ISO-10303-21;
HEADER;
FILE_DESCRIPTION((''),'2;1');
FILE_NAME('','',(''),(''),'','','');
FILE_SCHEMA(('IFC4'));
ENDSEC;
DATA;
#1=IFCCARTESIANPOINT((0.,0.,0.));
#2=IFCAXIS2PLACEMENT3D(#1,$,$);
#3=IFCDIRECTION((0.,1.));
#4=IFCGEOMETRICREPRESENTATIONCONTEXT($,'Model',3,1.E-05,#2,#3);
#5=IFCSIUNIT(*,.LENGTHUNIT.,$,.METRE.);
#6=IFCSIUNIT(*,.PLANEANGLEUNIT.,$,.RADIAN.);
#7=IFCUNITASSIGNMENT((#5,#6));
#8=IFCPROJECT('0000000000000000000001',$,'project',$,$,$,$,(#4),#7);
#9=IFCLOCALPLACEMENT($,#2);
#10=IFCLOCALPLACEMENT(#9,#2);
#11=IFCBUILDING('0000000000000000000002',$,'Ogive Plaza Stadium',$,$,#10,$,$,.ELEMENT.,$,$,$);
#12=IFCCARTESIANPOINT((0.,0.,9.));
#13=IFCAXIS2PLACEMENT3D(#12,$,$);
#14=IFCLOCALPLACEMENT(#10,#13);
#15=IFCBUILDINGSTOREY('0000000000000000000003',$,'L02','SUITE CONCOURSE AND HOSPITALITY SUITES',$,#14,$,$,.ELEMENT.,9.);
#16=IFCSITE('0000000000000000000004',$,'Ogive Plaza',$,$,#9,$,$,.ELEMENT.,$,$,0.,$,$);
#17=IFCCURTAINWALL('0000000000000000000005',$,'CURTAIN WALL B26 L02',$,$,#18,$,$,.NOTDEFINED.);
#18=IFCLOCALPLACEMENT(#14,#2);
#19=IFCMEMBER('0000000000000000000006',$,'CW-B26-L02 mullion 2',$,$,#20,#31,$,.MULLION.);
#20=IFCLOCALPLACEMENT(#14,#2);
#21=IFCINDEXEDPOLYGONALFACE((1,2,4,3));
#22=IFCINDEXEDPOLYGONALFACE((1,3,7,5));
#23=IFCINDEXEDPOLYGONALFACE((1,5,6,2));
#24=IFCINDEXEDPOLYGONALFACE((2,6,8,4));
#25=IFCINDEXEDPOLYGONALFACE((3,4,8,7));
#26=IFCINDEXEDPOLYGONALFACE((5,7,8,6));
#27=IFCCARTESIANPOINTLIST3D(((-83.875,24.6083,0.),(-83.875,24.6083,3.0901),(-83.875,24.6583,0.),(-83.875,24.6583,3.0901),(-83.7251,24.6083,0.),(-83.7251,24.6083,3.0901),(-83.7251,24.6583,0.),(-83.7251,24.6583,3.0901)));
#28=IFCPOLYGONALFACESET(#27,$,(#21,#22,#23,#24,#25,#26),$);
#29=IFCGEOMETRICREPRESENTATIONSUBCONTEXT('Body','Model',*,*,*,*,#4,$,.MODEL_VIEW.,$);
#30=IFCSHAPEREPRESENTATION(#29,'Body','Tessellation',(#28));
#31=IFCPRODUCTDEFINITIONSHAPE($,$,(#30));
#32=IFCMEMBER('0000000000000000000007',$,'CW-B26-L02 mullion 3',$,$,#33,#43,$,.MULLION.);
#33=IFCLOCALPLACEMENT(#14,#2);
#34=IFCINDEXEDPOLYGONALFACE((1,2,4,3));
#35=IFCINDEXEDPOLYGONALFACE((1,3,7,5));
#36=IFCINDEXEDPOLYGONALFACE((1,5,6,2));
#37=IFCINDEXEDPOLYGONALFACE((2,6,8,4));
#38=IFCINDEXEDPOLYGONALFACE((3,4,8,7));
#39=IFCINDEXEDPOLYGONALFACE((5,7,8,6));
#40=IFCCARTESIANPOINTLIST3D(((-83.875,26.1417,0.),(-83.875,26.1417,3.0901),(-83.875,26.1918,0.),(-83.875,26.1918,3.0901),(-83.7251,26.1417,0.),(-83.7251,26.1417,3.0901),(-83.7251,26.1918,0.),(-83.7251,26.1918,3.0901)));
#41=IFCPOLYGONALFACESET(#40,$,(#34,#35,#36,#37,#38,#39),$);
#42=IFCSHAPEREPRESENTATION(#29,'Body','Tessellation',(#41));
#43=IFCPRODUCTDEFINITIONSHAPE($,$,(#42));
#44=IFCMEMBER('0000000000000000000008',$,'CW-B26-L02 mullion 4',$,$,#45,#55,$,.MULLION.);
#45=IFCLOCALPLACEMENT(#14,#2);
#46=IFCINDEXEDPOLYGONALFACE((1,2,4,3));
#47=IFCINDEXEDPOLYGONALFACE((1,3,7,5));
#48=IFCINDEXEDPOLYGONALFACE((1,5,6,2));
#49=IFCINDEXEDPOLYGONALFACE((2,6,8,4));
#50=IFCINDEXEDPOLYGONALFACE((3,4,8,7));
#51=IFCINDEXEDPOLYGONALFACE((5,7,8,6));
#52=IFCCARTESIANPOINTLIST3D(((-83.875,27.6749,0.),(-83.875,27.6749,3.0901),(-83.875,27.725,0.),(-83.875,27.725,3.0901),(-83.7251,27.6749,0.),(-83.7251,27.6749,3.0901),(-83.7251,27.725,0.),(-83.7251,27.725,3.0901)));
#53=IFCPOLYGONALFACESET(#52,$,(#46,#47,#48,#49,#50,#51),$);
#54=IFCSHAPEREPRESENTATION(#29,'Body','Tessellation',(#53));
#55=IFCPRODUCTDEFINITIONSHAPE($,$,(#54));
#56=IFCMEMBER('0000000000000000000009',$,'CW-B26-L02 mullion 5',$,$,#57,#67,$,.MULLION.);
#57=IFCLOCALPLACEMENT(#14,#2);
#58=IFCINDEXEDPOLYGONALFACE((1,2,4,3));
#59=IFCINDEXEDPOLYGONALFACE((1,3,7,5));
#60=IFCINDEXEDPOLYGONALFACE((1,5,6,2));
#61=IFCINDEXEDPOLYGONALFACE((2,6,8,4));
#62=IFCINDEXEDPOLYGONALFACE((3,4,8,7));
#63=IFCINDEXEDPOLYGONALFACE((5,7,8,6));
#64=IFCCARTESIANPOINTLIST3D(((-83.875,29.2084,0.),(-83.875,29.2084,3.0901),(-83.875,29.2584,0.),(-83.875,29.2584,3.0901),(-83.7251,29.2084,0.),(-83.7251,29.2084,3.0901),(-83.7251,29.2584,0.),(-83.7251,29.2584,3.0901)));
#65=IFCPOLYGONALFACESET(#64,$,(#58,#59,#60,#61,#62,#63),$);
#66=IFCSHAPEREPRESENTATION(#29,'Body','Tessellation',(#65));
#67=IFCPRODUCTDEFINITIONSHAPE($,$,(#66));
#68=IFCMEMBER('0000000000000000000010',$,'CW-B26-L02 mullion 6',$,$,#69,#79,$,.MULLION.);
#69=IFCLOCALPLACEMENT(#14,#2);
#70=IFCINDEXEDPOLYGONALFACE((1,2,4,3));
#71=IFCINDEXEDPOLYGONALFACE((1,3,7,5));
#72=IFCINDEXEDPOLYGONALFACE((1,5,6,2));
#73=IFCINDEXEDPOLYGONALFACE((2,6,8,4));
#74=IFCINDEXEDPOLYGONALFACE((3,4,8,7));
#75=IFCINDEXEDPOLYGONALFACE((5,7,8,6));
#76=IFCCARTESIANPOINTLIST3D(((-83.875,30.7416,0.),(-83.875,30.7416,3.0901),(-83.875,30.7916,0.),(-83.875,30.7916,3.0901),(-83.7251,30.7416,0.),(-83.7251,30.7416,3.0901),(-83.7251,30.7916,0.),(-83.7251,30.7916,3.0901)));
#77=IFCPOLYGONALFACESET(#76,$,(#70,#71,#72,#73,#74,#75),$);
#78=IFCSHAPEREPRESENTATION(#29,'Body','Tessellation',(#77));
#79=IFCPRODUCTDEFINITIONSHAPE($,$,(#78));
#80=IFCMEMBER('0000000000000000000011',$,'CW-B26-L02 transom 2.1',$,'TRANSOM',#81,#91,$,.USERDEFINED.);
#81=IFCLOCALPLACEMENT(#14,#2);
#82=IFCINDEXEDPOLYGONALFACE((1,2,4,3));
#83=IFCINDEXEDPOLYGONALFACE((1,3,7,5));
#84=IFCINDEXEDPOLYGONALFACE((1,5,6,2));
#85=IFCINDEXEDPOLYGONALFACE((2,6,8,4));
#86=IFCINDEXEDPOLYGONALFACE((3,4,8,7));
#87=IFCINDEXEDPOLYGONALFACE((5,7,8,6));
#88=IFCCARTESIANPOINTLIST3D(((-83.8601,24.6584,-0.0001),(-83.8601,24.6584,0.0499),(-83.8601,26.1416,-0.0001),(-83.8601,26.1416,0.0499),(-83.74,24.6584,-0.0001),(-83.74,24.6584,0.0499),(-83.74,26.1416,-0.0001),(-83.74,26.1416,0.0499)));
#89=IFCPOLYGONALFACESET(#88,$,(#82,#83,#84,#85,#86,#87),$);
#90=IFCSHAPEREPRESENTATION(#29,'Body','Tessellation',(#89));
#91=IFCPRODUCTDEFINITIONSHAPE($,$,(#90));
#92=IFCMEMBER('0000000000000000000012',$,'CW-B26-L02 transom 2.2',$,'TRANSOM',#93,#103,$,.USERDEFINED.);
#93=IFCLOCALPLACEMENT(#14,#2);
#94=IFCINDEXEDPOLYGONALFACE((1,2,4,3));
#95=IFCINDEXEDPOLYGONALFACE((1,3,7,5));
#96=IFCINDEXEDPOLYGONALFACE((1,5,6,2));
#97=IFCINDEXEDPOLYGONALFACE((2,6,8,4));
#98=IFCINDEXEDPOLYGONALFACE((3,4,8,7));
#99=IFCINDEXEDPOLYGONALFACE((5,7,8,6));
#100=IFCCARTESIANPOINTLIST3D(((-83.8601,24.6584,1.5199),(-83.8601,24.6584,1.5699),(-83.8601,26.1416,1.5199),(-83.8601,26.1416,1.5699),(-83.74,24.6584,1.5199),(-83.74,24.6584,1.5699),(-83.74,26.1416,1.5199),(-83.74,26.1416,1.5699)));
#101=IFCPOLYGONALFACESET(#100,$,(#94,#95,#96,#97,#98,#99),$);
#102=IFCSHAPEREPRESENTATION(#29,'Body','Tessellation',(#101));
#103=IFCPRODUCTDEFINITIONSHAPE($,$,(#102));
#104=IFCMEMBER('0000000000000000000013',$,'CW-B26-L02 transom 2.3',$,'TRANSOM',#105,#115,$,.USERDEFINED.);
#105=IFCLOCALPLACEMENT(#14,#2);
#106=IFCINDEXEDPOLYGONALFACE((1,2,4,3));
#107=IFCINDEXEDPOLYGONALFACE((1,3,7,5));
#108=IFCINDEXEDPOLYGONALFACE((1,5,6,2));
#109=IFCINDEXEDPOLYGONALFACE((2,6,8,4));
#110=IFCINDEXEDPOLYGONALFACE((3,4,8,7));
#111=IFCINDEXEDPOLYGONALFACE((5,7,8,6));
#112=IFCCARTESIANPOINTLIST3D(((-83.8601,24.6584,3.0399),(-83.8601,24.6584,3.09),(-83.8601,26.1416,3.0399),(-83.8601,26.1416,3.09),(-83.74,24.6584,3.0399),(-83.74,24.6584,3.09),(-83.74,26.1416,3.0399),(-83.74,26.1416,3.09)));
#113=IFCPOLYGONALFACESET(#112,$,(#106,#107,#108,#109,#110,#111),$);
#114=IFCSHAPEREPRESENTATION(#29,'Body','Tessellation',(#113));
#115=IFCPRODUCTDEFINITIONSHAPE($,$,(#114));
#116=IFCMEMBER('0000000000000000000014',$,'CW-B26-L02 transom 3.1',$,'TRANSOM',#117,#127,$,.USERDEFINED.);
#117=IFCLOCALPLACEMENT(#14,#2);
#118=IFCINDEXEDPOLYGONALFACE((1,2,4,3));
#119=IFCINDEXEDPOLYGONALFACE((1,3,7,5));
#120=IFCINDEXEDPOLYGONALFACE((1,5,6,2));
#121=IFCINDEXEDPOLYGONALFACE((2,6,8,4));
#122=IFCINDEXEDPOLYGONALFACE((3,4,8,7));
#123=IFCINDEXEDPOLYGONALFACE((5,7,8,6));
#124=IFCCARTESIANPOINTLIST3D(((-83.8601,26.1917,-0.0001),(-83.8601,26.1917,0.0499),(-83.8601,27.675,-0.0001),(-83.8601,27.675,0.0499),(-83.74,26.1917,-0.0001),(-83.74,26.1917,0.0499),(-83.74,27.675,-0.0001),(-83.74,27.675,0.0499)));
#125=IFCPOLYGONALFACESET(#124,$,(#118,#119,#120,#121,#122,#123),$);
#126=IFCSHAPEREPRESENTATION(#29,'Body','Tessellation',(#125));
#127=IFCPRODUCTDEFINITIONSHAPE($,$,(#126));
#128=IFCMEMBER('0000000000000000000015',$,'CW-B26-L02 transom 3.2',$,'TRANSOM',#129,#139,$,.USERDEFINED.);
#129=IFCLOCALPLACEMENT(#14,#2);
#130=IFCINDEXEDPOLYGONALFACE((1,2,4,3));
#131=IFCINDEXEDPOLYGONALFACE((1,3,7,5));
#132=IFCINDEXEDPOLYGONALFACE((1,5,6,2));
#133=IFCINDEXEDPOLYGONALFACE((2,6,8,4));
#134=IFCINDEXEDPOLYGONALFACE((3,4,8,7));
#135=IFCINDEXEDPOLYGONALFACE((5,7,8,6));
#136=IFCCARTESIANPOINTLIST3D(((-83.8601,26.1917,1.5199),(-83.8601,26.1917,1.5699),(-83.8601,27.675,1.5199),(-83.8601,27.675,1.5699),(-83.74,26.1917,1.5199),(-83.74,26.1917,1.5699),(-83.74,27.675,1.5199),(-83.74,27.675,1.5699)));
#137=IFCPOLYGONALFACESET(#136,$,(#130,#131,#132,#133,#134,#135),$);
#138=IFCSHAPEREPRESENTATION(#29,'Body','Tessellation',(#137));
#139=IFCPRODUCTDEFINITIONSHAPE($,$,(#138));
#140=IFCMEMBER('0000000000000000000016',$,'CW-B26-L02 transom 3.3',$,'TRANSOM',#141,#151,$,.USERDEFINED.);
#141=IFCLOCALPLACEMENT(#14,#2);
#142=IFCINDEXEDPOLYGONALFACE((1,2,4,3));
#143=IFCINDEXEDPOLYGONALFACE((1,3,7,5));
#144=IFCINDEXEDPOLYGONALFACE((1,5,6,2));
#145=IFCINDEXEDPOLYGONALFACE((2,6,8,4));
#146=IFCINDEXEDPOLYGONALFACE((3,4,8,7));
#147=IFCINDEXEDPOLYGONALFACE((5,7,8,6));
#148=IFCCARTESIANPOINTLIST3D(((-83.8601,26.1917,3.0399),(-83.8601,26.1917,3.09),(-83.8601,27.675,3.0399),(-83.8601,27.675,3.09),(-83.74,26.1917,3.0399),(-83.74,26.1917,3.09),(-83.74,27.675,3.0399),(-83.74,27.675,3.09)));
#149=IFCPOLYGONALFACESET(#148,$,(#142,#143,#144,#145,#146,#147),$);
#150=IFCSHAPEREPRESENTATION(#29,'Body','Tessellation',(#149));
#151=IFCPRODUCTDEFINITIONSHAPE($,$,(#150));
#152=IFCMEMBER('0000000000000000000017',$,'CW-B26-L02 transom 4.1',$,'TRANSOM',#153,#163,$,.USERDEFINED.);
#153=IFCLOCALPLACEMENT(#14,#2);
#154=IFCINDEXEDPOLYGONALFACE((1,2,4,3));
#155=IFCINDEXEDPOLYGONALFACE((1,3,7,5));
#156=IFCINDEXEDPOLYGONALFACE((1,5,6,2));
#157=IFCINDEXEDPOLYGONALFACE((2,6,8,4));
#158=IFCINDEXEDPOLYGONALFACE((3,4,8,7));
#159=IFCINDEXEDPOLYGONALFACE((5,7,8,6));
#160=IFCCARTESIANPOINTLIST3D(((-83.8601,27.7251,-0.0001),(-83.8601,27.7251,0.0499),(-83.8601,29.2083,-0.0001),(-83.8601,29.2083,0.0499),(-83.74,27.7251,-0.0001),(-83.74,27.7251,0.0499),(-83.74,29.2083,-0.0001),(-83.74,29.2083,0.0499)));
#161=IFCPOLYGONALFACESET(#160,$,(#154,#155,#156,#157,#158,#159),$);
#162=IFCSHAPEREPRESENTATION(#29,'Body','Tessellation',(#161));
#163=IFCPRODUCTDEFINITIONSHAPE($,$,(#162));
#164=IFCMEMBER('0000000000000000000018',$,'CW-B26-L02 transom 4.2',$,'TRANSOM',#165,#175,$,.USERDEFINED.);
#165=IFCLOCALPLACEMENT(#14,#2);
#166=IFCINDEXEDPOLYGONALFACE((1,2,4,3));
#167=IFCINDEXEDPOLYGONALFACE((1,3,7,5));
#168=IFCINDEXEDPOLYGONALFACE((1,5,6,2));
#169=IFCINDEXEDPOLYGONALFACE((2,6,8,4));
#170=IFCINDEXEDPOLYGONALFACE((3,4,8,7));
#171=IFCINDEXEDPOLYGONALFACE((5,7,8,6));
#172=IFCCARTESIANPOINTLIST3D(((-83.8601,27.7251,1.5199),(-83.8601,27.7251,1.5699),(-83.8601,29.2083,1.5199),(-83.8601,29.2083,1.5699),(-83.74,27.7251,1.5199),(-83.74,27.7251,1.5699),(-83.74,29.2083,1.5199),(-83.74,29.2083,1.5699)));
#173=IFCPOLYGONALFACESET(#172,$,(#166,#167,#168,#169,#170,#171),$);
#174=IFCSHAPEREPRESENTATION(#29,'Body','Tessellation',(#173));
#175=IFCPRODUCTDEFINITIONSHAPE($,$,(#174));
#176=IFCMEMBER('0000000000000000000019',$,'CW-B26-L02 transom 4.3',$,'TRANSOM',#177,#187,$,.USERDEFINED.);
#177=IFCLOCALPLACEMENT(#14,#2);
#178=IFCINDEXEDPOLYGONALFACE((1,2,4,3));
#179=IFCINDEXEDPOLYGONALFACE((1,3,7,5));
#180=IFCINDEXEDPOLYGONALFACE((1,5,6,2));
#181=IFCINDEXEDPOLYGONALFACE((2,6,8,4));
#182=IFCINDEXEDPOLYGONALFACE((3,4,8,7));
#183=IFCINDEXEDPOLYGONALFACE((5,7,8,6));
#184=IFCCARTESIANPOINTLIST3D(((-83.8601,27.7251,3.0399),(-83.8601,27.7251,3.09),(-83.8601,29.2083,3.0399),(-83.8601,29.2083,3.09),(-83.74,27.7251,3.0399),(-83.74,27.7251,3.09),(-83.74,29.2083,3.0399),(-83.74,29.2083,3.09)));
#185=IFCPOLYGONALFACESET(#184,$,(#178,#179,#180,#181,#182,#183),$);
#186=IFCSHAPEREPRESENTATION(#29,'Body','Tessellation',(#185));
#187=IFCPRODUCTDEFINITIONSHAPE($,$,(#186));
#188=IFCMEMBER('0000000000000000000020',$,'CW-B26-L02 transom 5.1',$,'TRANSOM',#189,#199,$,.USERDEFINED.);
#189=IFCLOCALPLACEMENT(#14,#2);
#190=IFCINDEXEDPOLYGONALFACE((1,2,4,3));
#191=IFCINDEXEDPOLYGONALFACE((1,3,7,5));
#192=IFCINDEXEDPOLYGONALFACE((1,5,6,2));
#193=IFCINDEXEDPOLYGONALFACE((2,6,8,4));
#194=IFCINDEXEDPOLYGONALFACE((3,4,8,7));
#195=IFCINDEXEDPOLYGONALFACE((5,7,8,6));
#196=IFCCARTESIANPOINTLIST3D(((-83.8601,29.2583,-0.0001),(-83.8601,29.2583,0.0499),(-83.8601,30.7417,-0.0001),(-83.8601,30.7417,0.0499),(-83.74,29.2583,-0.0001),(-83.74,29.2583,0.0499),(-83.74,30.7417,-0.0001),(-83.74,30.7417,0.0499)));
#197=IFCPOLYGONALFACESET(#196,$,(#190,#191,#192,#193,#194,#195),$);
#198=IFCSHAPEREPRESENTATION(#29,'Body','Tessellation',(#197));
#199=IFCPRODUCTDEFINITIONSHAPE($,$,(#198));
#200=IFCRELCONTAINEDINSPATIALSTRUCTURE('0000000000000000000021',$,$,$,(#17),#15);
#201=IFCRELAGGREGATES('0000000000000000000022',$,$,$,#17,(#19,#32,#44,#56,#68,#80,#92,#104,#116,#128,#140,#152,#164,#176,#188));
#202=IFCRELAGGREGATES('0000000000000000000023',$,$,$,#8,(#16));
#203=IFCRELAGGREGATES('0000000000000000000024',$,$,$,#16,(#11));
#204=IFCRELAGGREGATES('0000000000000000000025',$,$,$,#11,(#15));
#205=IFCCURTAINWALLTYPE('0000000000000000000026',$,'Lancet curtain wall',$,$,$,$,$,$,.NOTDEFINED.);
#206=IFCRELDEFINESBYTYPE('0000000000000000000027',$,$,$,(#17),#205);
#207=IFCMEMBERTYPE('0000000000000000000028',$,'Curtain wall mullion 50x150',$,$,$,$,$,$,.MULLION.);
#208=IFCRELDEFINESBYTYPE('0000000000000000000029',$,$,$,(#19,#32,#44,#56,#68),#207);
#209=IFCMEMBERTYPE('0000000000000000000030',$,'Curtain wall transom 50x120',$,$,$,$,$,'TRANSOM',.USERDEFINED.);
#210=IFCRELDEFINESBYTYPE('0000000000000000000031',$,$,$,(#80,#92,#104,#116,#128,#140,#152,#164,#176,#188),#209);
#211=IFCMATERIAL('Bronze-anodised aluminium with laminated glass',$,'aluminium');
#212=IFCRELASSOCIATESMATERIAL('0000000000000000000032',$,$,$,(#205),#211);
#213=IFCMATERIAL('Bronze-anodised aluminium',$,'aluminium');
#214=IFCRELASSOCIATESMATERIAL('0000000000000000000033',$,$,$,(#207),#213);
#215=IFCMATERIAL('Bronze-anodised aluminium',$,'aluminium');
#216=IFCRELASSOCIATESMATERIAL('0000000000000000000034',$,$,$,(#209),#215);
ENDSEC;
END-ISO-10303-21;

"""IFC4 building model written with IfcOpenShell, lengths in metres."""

from ifc_helpers import new_model, si_unit, direction, frame, origin, origin_2d, place, context, subcontext, project, spatial, rectangle, extrude, material, material_profile, profile_set, type_object, element, aggregate, save


model = new_model("IFC4")

# Units and contexts
model_context = context("Model", 3, precision=1e-05, world=origin(), true_north=direction((0.0, 1.0)))
body_context = subcontext(model_context, "Body", "Model", "MODEL_VIEW")
ifc_project = project(units=[si_unit("LENGTHUNIT", "METRE"), si_unit("PLANEANGLEUNIT", "RADIAN")], contexts=[model_context])

# Site, building, storey
site_placement = place(None, origin())
site = spatial("IfcSite", under=ifc_project, at=site_placement, Name="Ogive Plaza", CompositionType="ELEMENT", RefElevation=0.0)
building_placement = place(site_placement, origin())
building = spatial("IfcBuilding", under=site, at=building_placement, Name="Ogive Plaza Stadium", CompositionType="ELEMENT")
storey_placement = place(building_placement, frame((0.0, 0.0, 9.0)))
storey = spatial("IfcBuildingStorey", under=building, at=storey_placement, Name="L02", Description="SUITE CONCOURSE AND HOSPITALITY SUITES", CompositionType="ELEMENT", Elevation=9.0)

# Curtain wall, members
ifc_material_1 = material(Name="Bronze-anodised aluminium with laminated glass", Category="aluminium")
curtain_wall_type = type_object("IfcCurtainWallType", Name="Lancet curtain wall", PredefinedType="NOTDEFINED", material=ifc_material_1)
curtain_wall_placement = place(storey_placement, origin())
curtain_wall = element("IfcCurtainWall", 1, at=curtain_wall_placement, inside=storey, type_object=curtain_wall_type, Name="CURTAIN WALL B26 L02", PredefinedType="NOTDEFINED")
ifc_material_2 = material(Name="Bronze-anodised aluminium", Category="aluminium")
ifc_material_profile_1 = material_profile(ifc_material_2, rectangle(XDim=0.1499, YDim=0.05, at=origin_2d()), Name="AL 150x50")
ifc_profile_set_1 = profile_set([ifc_material_profile_1], Name="Bronze-anodised aluminium")
member_type_1 = type_object("IfcMemberType", Name="Curtain wall mullion 50x150", PredefinedType="MULLION", material=ifc_profile_set_1)
member_1_placement = place(storey_placement, frame((-83.8, 24.6333, 0.0), z_axis=(0.0, 0.0, 1.0), x_axis=(-1.0, 0.0, 0.0)))
member_1 = element("IfcMember", 2, at=member_1_placement, type_object=member_type_1, Name="CW-B26-L02 mullion 2", PredefinedType="MULLION", context=body_context, shape_type="SweptSolid", body=[
    extrude(rectangle(XDim=0.1499, YDim=0.05, at=origin_2d()), origin(), (0.0, 0.0, 1.0), 3.0901),
])
member_2_placement = place(storey_placement, frame((-83.8, 26.1667, 0.0), z_axis=(0.0, 0.0, 1.0), x_axis=(-1.0, 0.0, 0.0)))
member_2 = element("IfcMember", 3, at=member_2_placement, type_object=member_type_1, Name="CW-B26-L02 mullion 3", PredefinedType="MULLION", context=body_context, shape_type="SweptSolid", body=[
    extrude(rectangle(XDim=0.1499, YDim=0.05, at=origin_2d()), origin(), (0.0, 0.0, 1.0), 3.0901),
])
member_3_placement = place(storey_placement, frame((-83.8, 27.7, 0.0), z_axis=(0.0, 0.0, 1.0), x_axis=(-1.0, 0.0, 0.0)))
member_3 = element("IfcMember", 4, at=member_3_placement, type_object=member_type_1, Name="CW-B26-L02 mullion 4", PredefinedType="MULLION", context=body_context, shape_type="SweptSolid", body=[
    extrude(rectangle(XDim=0.1499, YDim=0.05, at=origin_2d()), origin(), (0.0, 0.0, 1.0), 3.0901),
])
member_4_placement = place(storey_placement, frame((-83.8, 29.2334, 0.0), z_axis=(0.0, 0.0, 1.0), x_axis=(-1.0, 0.0, 0.0)))
member_4 = element("IfcMember", 5, at=member_4_placement, type_object=member_type_1, Name="CW-B26-L02 mullion 5", PredefinedType="MULLION", context=body_context, shape_type="SweptSolid", body=[
    extrude(rectangle(XDim=0.1499, YDim=0.05, at=origin_2d()), origin(), (0.0, 0.0, 1.0), 3.0901),
])
member_5_placement = place(storey_placement, frame((-83.8, 30.7666, 0.0), z_axis=(0.0, 0.0, 1.0), x_axis=(-1.0, 0.0, 0.0)))
member_5 = element("IfcMember", 6, at=member_5_placement, type_object=member_type_1, Name="CW-B26-L02 mullion 6", PredefinedType="MULLION", context=body_context, shape_type="SweptSolid", body=[
    extrude(rectangle(XDim=0.1499, YDim=0.05, at=origin_2d()), origin(), (0.0, 0.0, 1.0), 3.0901),
])
ifc_material_3 = material(Name="Bronze-anodised aluminium", Category="aluminium")
ifc_material_profile_2 = material_profile(ifc_material_3, rectangle(XDim=0.1201, YDim=0.05, at=origin_2d()), Name="AL 120x50")
ifc_profile_set_2 = profile_set([ifc_material_profile_2], Name="Bronze-anodised aluminium")
member_type_2 = type_object("IfcMemberType", Name="Curtain wall transom 50x120", ElementType="TRANSOM", PredefinedType="USERDEFINED", material=ifc_profile_set_2)
member_6_placement = place(storey_placement, frame((-83.8, 24.6584, 0.0249), z_axis=(0.0, 1.0, 0.0), x_axis=(-1.0, 0.0, 0.0)))
member_6 = element("IfcMember", 7, at=member_6_placement, type_object=member_type_2, Name="CW-B26-L02 transom 2.1", ObjectType="TRANSOM", PredefinedType="USERDEFINED", context=body_context, shape_type="SweptSolid", body=[
    extrude(rectangle(XDim=0.1201, YDim=0.05, at=origin_2d()), origin(), (0.0, 0.0, 1.0), 1.4832),
])
member_7_placement = place(storey_placement, frame((-83.8, 24.6584, 1.5449), z_axis=(0.0, 1.0, 0.0), x_axis=(-1.0, 0.0, 0.0)))
member_7 = element("IfcMember", 8, at=member_7_placement, type_object=member_type_2, Name="CW-B26-L02 transom 2.2", ObjectType="TRANSOM", PredefinedType="USERDEFINED", context=body_context, shape_type="SweptSolid", body=[
    extrude(rectangle(XDim=0.1201, YDim=0.05, at=origin_2d()), origin(), (0.0, 0.0, 1.0), 1.4832),
])
member_8_placement = place(storey_placement, frame((-83.8, 24.6584, 3.0649), z_axis=(0.0, 1.0, 0.0), x_axis=(-1.0, 0.0, 0.0)))
member_8 = element("IfcMember", 9, at=member_8_placement, type_object=member_type_2, Name="CW-B26-L02 transom 2.3", ObjectType="TRANSOM", PredefinedType="USERDEFINED", context=body_context, shape_type="SweptSolid", body=[
    extrude(rectangle(XDim=0.1201, YDim=0.05, at=origin_2d()), origin(), (0.0, 0.0, 1.0), 1.4832),
])
member_9_placement = place(storey_placement, frame((-83.8, 26.1917, 0.0249), z_axis=(0.0, 1.0, 0.0), x_axis=(-1.0, 0.0, 0.0)))
member_9 = element("IfcMember", 10, at=member_9_placement, type_object=member_type_2, Name="CW-B26-L02 transom 3.1", ObjectType="TRANSOM", PredefinedType="USERDEFINED", context=body_context, shape_type="SweptSolid", body=[
    extrude(rectangle(XDim=0.1201, YDim=0.05, at=origin_2d()), origin(), (0.0, 0.0, 1.0), 1.4834),
])
member_10_placement = place(storey_placement, frame((-83.8, 26.1917, 1.5449), z_axis=(0.0, 1.0, 0.0), x_axis=(-1.0, 0.0, 0.0)))
member_10 = element("IfcMember", 11, at=member_10_placement, type_object=member_type_2, Name="CW-B26-L02 transom 3.2", ObjectType="TRANSOM", PredefinedType="USERDEFINED", context=body_context, shape_type="SweptSolid", body=[
    extrude(rectangle(XDim=0.1201, YDim=0.05, at=origin_2d()), origin(), (0.0, 0.0, 1.0), 1.4834),
])
member_11_placement = place(storey_placement, frame((-83.8, 26.1917, 3.0649), z_axis=(0.0, 1.0, 0.0), x_axis=(-1.0, 0.0, 0.0)))
member_11 = element("IfcMember", 12, at=member_11_placement, type_object=member_type_2, Name="CW-B26-L02 transom 3.3", ObjectType="TRANSOM", PredefinedType="USERDEFINED", context=body_context, shape_type="SweptSolid", body=[
    extrude(rectangle(XDim=0.1201, YDim=0.05, at=origin_2d()), origin(), (0.0, 0.0, 1.0), 1.4834),
])
member_12_placement = place(storey_placement, frame((-83.8, 27.7251, 0.0249), z_axis=(0.0, 1.0, 0.0), x_axis=(-1.0, 0.0, 0.0)))
member_12 = element("IfcMember", 13, at=member_12_placement, type_object=member_type_2, Name="CW-B26-L02 transom 4.1", ObjectType="TRANSOM", PredefinedType="USERDEFINED", context=body_context, shape_type="SweptSolid", body=[
    extrude(rectangle(XDim=0.1201, YDim=0.05, at=origin_2d()), origin(), (0.0, 0.0, 1.0), 1.4832),
])
member_13_placement = place(storey_placement, frame((-83.8, 27.7251, 1.5449), z_axis=(0.0, 1.0, 0.0), x_axis=(-1.0, 0.0, 0.0)))
member_13 = element("IfcMember", 14, at=member_13_placement, type_object=member_type_2, Name="CW-B26-L02 transom 4.2", ObjectType="TRANSOM", PredefinedType="USERDEFINED", context=body_context, shape_type="SweptSolid", body=[
    extrude(rectangle(XDim=0.1201, YDim=0.05, at=origin_2d()), origin(), (0.0, 0.0, 1.0), 1.4832),
])
member_14_placement = place(storey_placement, frame((-83.8, 27.7251, 3.0649), z_axis=(0.0, 1.0, 0.0), x_axis=(-1.0, 0.0, 0.0)))
member_14 = element("IfcMember", 15, at=member_14_placement, type_object=member_type_2, Name="CW-B26-L02 transom 4.3", ObjectType="TRANSOM", PredefinedType="USERDEFINED", context=body_context, shape_type="SweptSolid", body=[
    extrude(rectangle(XDim=0.1201, YDim=0.05, at=origin_2d()), origin(), (0.0, 0.0, 1.0), 1.4832),
])
member_15_placement = place(storey_placement, frame((-83.8, 29.2583, 0.0249), z_axis=(0.0, 1.0, 0.0), x_axis=(-1.0, 0.0, 0.0)))
member_15 = element("IfcMember", 16, at=member_15_placement, type_object=member_type_2, Name="CW-B26-L02 transom 5.1", ObjectType="TRANSOM", PredefinedType="USERDEFINED", context=body_context, shape_type="SweptSolid", body=[
    extrude(rectangle(XDim=0.1201, YDim=0.05, at=origin_2d()), origin(), (0.0, 0.0, 1.0), 1.4834),
])
aggregate(curtain_wall, [member_1, member_2, member_3, member_4, member_5, member_6, member_7, member_8, member_9, member_10, member_11, member_12, member_13, member_14, member_15])

save(model, "model.ifc")
